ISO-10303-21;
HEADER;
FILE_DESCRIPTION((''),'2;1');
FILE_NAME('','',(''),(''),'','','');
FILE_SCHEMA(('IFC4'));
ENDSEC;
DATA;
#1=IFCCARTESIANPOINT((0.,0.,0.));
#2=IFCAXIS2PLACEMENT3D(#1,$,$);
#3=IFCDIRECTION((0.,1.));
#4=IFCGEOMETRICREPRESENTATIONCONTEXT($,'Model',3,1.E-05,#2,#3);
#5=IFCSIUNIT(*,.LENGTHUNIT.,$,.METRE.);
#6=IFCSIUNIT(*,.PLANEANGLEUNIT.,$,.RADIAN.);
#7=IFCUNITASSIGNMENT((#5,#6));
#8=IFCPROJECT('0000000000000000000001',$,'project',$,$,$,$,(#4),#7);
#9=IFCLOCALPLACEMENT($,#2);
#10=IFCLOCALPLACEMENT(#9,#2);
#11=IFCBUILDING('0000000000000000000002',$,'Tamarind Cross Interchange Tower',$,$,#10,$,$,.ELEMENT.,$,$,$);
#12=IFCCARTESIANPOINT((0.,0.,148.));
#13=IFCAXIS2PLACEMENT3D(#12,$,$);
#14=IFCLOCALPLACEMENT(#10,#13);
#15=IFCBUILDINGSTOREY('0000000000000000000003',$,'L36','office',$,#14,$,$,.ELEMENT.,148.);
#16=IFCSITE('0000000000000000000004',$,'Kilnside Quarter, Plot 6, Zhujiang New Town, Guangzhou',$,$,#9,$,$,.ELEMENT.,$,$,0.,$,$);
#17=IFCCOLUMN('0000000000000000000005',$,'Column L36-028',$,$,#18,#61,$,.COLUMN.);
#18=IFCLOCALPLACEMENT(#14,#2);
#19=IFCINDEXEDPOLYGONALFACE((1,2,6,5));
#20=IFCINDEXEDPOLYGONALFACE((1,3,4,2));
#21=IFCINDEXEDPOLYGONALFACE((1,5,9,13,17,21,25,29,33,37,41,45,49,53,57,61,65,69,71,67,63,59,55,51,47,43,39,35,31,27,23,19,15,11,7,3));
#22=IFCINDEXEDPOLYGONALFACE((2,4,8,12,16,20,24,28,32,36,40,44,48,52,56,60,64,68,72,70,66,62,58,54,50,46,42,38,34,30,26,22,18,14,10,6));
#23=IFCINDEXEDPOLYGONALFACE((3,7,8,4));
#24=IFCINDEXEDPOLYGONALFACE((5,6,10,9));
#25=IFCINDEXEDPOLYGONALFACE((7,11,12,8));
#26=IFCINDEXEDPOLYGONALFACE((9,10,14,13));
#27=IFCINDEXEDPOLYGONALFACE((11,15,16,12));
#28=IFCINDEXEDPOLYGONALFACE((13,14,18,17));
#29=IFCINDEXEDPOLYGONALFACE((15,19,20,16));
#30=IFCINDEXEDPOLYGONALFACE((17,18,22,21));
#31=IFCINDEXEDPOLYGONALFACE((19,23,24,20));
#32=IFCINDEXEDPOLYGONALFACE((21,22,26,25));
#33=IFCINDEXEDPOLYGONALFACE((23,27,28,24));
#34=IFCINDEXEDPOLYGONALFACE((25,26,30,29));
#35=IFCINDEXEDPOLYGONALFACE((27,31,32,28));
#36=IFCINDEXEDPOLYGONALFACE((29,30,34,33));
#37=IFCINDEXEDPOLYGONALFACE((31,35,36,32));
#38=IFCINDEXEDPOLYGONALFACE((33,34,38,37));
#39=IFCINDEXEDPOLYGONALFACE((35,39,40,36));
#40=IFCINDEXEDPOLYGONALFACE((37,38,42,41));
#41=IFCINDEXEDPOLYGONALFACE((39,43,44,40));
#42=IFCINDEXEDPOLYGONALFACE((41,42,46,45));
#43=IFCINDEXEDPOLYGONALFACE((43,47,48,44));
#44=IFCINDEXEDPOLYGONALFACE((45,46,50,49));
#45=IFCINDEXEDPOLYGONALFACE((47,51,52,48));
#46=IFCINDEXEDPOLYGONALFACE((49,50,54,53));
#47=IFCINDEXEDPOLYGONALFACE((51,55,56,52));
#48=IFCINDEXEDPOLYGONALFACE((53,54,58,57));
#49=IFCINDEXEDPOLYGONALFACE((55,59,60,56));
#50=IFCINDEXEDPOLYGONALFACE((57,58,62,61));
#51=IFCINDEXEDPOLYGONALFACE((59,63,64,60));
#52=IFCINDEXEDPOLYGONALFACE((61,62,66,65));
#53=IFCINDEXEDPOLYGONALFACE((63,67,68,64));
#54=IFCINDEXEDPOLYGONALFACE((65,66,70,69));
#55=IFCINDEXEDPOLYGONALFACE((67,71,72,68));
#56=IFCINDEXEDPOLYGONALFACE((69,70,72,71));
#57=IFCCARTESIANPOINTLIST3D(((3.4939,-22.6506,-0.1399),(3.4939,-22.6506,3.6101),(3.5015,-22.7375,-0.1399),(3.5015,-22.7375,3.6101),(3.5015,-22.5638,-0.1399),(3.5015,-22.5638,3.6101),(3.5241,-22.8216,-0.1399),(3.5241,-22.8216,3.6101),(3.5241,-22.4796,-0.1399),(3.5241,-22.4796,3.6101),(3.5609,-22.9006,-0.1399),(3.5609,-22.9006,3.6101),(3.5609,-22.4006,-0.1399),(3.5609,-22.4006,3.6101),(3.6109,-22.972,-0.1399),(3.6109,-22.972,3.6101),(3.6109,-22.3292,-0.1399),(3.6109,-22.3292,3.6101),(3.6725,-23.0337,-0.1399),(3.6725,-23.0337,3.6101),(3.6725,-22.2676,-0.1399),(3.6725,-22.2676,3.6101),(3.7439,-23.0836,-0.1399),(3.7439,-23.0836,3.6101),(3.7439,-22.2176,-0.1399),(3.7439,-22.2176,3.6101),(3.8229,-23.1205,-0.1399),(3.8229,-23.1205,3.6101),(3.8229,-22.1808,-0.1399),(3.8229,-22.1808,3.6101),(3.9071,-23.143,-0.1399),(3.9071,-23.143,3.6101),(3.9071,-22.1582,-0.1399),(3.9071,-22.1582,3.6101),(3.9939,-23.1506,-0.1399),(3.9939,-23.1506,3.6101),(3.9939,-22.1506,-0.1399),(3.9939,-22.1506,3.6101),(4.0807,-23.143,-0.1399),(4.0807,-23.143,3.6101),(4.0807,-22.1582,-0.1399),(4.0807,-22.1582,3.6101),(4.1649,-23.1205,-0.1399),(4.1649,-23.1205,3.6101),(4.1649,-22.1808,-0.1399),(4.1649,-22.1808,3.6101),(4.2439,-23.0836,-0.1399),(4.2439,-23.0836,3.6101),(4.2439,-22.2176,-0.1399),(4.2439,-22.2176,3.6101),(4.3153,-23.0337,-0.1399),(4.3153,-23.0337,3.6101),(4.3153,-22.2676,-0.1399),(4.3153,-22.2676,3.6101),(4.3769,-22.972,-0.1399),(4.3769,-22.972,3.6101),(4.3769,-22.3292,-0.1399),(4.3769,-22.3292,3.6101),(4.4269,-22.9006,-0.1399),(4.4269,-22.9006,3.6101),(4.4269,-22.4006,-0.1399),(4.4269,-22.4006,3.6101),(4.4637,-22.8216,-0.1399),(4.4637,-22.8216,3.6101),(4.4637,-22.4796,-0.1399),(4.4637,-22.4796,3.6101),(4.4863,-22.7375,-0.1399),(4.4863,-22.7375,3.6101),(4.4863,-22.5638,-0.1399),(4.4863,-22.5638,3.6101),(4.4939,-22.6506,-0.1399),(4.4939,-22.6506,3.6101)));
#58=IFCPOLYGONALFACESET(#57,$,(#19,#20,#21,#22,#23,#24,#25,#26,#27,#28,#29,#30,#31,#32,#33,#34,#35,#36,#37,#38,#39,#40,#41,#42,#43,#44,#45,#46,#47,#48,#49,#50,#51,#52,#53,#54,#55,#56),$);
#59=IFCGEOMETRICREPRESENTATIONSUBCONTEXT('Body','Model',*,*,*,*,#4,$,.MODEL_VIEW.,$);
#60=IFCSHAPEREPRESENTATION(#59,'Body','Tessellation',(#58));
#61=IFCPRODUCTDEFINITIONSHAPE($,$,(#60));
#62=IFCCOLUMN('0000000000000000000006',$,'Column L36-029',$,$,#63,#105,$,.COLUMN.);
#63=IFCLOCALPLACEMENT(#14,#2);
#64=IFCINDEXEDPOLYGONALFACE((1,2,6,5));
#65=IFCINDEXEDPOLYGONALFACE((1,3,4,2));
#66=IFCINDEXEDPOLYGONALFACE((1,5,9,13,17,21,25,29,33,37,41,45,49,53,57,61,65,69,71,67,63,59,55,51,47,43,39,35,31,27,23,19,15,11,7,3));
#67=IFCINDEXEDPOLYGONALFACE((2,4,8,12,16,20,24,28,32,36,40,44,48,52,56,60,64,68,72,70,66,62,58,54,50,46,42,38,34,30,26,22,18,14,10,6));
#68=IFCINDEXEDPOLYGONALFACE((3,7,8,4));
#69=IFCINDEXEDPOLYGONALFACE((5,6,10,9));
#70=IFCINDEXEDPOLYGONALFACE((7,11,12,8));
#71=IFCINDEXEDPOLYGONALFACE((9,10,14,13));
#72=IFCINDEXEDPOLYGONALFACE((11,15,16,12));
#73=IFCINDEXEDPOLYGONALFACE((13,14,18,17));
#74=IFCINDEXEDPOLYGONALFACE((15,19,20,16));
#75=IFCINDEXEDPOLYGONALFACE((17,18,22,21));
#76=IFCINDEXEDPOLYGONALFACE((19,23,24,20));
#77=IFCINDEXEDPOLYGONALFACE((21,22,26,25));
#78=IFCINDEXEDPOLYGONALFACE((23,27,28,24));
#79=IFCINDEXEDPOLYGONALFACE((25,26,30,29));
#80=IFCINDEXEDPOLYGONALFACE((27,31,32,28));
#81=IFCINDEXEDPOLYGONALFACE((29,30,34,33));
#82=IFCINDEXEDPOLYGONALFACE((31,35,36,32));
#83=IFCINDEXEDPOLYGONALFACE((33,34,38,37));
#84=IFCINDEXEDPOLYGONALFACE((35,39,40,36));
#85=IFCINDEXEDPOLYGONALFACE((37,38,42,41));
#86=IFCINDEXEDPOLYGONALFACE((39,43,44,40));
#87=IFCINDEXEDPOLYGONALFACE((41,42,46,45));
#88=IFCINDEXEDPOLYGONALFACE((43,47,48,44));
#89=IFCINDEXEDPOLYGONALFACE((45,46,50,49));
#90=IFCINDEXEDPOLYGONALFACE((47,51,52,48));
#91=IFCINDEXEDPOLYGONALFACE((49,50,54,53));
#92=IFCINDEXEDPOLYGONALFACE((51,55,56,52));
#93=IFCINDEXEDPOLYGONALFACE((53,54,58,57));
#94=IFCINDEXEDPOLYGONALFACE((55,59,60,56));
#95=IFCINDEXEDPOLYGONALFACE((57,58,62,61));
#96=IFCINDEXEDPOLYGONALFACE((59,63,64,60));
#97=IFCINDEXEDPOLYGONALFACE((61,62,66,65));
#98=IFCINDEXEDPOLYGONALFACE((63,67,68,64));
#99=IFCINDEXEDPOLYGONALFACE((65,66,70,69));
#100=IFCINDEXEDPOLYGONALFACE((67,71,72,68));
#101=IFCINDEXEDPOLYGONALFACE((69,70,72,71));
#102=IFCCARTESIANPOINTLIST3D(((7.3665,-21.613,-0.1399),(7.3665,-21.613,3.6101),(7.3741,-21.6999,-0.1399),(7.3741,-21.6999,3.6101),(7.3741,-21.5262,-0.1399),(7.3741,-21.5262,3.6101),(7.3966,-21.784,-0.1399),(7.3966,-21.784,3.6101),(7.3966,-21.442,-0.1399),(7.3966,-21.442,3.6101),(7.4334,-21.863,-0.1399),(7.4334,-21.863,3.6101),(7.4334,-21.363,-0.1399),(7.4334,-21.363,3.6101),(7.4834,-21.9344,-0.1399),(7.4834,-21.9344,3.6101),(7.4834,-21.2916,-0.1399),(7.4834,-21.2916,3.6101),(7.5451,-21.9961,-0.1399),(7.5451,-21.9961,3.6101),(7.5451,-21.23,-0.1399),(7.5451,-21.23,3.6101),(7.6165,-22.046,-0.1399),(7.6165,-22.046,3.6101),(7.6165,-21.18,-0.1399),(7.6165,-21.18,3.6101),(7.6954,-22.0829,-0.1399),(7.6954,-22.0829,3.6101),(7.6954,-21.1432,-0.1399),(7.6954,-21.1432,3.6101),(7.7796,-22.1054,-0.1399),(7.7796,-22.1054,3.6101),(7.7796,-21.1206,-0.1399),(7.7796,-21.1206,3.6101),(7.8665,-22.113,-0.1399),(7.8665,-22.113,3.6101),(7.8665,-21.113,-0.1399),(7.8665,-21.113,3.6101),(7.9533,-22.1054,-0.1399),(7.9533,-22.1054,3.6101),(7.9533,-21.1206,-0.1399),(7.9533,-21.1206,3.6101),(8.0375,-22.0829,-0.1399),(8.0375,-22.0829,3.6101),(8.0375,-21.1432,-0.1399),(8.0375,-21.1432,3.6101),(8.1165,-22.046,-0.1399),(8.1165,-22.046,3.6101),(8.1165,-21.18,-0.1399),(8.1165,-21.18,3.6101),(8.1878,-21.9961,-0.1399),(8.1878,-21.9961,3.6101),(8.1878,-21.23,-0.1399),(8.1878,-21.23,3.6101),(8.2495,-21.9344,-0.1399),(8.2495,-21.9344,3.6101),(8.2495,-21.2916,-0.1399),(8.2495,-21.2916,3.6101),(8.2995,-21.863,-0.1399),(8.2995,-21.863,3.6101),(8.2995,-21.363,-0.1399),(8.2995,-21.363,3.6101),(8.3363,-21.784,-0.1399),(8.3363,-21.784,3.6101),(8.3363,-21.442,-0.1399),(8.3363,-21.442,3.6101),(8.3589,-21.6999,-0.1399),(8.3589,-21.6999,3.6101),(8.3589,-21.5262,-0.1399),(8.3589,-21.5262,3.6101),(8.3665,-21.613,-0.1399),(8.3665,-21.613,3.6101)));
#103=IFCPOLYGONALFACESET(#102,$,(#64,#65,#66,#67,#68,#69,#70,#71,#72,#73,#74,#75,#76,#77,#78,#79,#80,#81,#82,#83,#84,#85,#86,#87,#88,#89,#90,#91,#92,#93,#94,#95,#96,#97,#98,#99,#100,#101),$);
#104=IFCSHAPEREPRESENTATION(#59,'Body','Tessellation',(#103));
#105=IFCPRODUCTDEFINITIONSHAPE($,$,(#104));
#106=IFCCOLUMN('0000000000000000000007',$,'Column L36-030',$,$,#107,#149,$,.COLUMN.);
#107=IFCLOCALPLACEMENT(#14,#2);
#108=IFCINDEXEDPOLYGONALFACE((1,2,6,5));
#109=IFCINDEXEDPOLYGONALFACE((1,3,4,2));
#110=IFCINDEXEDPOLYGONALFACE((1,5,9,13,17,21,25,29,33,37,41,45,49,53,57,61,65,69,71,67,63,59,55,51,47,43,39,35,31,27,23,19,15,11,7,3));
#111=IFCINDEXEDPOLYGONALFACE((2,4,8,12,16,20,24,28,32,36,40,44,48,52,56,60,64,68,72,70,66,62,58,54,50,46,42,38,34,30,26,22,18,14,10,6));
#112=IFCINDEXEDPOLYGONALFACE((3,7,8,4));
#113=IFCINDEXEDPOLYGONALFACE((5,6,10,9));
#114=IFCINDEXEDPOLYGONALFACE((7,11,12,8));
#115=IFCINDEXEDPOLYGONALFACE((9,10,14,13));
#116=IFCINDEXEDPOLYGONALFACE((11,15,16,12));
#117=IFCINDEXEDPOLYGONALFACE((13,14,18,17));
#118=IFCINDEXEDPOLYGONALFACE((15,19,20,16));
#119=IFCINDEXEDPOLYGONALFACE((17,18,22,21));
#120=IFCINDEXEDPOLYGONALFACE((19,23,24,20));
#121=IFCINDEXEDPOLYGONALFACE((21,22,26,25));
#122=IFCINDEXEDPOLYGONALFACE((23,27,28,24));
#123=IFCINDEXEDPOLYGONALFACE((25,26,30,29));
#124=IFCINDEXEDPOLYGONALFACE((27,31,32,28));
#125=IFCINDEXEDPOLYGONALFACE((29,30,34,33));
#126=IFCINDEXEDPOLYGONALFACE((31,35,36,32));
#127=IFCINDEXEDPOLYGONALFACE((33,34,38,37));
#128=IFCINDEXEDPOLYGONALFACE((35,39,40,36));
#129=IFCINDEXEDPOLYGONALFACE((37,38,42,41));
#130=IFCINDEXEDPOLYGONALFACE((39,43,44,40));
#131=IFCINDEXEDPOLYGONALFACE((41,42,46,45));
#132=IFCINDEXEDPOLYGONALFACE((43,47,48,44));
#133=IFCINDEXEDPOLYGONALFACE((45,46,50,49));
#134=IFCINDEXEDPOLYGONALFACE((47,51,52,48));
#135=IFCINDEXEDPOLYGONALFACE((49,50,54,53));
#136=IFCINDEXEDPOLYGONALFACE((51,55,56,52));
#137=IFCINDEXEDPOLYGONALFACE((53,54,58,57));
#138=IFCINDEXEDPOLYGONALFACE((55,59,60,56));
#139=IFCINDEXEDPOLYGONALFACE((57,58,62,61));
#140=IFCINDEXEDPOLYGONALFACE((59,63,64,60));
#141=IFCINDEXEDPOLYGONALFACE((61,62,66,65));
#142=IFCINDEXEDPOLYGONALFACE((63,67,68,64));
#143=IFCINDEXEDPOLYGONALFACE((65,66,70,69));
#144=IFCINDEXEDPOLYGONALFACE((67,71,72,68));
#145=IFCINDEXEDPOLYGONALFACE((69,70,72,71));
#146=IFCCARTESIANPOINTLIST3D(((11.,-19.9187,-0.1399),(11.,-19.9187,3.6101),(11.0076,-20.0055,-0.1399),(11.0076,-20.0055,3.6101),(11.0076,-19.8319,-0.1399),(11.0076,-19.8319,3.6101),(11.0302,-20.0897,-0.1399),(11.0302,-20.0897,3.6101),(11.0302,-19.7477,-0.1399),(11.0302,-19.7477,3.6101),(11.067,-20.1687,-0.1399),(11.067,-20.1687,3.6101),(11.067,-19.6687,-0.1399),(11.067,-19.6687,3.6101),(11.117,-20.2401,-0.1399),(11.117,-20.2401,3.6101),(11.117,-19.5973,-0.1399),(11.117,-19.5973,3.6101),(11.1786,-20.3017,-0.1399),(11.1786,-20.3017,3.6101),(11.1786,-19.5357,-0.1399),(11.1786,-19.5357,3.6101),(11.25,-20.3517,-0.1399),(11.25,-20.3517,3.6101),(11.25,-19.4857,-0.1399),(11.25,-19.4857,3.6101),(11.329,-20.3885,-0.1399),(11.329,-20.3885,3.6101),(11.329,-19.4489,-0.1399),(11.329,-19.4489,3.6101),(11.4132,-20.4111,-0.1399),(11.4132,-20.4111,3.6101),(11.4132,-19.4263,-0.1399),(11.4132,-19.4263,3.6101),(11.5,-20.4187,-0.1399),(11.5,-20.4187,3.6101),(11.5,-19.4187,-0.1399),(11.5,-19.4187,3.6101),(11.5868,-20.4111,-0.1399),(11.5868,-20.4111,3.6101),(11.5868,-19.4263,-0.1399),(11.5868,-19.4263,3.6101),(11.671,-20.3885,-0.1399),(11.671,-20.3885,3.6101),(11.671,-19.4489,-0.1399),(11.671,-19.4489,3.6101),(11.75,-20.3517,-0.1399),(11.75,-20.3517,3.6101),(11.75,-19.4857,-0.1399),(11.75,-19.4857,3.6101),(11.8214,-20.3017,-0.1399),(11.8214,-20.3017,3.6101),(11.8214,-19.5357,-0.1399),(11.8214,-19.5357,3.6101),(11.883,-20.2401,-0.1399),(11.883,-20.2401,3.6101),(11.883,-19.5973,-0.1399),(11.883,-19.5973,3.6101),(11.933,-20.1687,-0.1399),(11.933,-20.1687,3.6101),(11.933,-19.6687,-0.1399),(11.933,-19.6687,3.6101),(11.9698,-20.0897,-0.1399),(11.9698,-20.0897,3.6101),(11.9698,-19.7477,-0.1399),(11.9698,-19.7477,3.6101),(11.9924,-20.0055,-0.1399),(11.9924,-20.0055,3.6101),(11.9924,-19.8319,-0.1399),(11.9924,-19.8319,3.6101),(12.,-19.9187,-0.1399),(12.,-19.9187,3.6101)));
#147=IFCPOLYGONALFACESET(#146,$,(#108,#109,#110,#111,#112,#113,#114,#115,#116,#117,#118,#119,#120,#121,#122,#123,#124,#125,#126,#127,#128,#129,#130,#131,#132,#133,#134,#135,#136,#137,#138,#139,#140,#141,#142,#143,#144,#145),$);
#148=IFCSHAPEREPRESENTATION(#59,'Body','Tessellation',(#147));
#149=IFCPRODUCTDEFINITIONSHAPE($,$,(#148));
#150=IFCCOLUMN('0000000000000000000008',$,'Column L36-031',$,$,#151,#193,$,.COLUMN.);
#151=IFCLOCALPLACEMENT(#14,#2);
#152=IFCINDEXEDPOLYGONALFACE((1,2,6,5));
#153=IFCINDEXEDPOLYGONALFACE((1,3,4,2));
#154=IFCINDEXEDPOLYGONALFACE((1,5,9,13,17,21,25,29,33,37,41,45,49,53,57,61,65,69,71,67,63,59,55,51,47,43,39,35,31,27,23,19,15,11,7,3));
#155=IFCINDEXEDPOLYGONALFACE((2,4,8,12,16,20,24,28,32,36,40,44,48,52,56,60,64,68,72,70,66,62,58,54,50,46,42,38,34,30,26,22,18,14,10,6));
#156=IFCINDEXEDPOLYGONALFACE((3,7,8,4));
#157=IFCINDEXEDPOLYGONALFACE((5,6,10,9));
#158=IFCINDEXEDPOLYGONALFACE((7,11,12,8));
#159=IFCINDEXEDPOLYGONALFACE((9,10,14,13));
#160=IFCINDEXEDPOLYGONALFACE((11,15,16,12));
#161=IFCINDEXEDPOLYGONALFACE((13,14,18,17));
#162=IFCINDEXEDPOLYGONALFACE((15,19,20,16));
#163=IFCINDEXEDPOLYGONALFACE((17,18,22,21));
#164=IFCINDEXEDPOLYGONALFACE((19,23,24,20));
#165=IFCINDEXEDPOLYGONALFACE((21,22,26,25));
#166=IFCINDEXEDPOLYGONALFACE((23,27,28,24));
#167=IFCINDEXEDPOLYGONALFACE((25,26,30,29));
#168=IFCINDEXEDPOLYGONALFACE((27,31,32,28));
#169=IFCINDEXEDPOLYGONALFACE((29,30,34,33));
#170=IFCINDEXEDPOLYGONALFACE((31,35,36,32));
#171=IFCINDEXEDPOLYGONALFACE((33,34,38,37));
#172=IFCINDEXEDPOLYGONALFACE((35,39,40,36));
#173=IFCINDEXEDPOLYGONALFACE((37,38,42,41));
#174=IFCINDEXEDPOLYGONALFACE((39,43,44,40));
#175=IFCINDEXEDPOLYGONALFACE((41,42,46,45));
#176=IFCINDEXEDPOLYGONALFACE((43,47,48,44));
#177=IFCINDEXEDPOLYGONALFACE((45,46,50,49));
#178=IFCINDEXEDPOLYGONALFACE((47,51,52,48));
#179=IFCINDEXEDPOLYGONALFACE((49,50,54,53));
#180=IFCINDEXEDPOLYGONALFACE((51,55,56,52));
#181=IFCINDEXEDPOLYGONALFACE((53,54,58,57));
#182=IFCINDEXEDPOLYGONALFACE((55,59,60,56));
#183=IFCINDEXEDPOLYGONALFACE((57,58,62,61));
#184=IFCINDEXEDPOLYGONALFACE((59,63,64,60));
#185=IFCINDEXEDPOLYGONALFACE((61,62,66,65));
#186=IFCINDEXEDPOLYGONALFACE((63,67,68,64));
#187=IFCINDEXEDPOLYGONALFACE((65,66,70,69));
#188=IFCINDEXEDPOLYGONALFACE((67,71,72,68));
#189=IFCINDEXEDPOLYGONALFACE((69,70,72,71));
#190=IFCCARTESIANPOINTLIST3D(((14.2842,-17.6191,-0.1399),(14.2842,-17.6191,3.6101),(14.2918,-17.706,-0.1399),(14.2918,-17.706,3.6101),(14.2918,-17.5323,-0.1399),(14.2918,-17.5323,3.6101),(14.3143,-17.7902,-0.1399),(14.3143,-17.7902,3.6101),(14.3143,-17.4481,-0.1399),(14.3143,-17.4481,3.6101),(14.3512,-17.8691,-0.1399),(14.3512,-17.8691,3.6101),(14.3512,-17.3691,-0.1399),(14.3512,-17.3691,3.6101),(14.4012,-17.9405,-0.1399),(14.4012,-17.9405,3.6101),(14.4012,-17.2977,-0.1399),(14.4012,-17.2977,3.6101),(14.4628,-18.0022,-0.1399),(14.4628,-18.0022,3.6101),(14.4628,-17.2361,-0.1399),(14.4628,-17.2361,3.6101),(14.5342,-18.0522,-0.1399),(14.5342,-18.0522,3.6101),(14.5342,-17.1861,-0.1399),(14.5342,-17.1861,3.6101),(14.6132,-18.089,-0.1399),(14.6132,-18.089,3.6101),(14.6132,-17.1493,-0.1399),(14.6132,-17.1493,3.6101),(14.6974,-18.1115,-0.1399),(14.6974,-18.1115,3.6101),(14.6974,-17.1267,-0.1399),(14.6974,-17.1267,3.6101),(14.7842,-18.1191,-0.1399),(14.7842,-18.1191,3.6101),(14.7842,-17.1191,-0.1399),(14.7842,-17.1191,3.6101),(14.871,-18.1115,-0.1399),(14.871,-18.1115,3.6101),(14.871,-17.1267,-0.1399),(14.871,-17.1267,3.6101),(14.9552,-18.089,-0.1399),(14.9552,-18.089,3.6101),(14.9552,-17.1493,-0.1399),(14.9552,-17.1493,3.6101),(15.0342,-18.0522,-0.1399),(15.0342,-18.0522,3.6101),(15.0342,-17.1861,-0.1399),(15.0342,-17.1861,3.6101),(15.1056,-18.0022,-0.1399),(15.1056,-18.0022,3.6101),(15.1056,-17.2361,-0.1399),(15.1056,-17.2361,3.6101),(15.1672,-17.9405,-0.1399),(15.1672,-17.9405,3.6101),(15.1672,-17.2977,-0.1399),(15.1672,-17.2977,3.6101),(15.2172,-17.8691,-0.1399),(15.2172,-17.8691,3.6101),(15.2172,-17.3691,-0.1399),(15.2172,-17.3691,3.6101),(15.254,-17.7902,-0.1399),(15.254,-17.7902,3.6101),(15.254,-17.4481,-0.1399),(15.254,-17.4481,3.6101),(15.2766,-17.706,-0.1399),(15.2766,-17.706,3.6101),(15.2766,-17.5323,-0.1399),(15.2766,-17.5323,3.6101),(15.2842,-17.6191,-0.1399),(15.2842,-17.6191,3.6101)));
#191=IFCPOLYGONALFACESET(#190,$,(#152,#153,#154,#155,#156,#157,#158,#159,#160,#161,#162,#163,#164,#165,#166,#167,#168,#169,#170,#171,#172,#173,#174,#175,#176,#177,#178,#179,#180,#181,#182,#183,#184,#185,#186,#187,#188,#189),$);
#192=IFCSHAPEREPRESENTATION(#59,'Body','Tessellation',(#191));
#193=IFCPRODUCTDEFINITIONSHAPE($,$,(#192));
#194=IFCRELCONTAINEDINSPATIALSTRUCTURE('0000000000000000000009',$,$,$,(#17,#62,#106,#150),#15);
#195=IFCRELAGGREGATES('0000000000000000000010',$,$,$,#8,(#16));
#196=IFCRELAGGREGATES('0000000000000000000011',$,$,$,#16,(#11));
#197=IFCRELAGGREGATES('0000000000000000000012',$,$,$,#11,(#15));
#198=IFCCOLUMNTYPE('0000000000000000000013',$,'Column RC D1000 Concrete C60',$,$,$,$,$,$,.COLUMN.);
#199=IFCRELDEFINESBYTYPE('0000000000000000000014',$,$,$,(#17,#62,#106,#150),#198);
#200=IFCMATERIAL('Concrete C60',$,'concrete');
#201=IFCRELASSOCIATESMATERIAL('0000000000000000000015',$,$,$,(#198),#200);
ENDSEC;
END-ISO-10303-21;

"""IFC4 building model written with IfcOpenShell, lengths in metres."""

from ifc_helpers import new_model, si_unit, direction, frame, origin, origin_2d, place, context, subcontext, project, spatial, circle, extrude, material, material_profile, profile_set, type_object, element, save


model = new_model("IFC4")

# Units and contexts
model_context = context("Model", 3, precision=1e-05, world=origin(), true_north=direction((0.0, 1.0)))
body_context = subcontext(model_context, "Body", "Model", "MODEL_VIEW")
ifc_project = project(units=[si_unit("LENGTHUNIT", "METRE"), si_unit("PLANEANGLEUNIT", "RADIAN")], contexts=[model_context])

# Site, building, storey
site_placement = place(None, origin())
site = spatial("IfcSite", under=ifc_project, at=site_placement, Name="Kilnside Quarter, Plot 6, Zhujiang New Town, Guangzhou", CompositionType="ELEMENT", RefElevation=0.0)
building_placement = place(site_placement, origin())
building = spatial("IfcBuilding", under=site, at=building_placement, Name="Tamarind Cross Interchange Tower", CompositionType="ELEMENT")
storey_placement = place(building_placement, frame((0.0, 0.0, 148.0)))
storey = spatial("IfcBuildingStorey", under=building, at=storey_placement, Name="L36", Description="office", CompositionType="ELEMENT", Elevation=148.0)

# Columns
ifc_material_1 = material(Name="Concrete C60", Category="concrete")
ifc_material_profile_1 = material_profile(ifc_material_1, circle(Radius=0.5, at=origin_2d()), Name="RC D1000")
ifc_profile_set_1 = profile_set([ifc_material_profile_1], Name="Concrete C60")
column_type = type_object("IfcColumnType", Name="Column RC D1000 Concrete C60", PredefinedType="COLUMN", material=ifc_profile_set_1)
for number, where, z_axis, x_axis, name in (
    (1, (3.9939, -22.6506, -0.1399), (0.0, 0.0, 1.0), (1.0, 0.0, 0.0), "Column L36-028"),
    (2, (7.8665, -21.613, -0.1399), (0.0, 0.0, 1.0), (1.0, 0.0, 0.0), "Column L36-029"),
    (3, (11.5, -19.9187, -0.1399), (0.0, 0.0, 1.0), (1.0, 0.0, 0.0), "Column L36-030"),
    (4, (14.7842, -17.6191, -0.1399), (0.0, 0.0, 1.0), (1.0, 0.0, 0.0), "Column L36-031"),
):
    element("IfcColumn", number, at=place(storey_placement, frame(where, z_axis=z_axis, x_axis=x_axis)), inside=storey, type_object=column_type, Name=name, PredefinedType="COLUMN", context=body_context, shape_type="SweptSolid", body=[
        extrude(circle(Radius=0.5, at=origin_2d()), origin(), (0.0, 0.0, 1.0), 3.75),
    ])

save(model, "model.ifc")
